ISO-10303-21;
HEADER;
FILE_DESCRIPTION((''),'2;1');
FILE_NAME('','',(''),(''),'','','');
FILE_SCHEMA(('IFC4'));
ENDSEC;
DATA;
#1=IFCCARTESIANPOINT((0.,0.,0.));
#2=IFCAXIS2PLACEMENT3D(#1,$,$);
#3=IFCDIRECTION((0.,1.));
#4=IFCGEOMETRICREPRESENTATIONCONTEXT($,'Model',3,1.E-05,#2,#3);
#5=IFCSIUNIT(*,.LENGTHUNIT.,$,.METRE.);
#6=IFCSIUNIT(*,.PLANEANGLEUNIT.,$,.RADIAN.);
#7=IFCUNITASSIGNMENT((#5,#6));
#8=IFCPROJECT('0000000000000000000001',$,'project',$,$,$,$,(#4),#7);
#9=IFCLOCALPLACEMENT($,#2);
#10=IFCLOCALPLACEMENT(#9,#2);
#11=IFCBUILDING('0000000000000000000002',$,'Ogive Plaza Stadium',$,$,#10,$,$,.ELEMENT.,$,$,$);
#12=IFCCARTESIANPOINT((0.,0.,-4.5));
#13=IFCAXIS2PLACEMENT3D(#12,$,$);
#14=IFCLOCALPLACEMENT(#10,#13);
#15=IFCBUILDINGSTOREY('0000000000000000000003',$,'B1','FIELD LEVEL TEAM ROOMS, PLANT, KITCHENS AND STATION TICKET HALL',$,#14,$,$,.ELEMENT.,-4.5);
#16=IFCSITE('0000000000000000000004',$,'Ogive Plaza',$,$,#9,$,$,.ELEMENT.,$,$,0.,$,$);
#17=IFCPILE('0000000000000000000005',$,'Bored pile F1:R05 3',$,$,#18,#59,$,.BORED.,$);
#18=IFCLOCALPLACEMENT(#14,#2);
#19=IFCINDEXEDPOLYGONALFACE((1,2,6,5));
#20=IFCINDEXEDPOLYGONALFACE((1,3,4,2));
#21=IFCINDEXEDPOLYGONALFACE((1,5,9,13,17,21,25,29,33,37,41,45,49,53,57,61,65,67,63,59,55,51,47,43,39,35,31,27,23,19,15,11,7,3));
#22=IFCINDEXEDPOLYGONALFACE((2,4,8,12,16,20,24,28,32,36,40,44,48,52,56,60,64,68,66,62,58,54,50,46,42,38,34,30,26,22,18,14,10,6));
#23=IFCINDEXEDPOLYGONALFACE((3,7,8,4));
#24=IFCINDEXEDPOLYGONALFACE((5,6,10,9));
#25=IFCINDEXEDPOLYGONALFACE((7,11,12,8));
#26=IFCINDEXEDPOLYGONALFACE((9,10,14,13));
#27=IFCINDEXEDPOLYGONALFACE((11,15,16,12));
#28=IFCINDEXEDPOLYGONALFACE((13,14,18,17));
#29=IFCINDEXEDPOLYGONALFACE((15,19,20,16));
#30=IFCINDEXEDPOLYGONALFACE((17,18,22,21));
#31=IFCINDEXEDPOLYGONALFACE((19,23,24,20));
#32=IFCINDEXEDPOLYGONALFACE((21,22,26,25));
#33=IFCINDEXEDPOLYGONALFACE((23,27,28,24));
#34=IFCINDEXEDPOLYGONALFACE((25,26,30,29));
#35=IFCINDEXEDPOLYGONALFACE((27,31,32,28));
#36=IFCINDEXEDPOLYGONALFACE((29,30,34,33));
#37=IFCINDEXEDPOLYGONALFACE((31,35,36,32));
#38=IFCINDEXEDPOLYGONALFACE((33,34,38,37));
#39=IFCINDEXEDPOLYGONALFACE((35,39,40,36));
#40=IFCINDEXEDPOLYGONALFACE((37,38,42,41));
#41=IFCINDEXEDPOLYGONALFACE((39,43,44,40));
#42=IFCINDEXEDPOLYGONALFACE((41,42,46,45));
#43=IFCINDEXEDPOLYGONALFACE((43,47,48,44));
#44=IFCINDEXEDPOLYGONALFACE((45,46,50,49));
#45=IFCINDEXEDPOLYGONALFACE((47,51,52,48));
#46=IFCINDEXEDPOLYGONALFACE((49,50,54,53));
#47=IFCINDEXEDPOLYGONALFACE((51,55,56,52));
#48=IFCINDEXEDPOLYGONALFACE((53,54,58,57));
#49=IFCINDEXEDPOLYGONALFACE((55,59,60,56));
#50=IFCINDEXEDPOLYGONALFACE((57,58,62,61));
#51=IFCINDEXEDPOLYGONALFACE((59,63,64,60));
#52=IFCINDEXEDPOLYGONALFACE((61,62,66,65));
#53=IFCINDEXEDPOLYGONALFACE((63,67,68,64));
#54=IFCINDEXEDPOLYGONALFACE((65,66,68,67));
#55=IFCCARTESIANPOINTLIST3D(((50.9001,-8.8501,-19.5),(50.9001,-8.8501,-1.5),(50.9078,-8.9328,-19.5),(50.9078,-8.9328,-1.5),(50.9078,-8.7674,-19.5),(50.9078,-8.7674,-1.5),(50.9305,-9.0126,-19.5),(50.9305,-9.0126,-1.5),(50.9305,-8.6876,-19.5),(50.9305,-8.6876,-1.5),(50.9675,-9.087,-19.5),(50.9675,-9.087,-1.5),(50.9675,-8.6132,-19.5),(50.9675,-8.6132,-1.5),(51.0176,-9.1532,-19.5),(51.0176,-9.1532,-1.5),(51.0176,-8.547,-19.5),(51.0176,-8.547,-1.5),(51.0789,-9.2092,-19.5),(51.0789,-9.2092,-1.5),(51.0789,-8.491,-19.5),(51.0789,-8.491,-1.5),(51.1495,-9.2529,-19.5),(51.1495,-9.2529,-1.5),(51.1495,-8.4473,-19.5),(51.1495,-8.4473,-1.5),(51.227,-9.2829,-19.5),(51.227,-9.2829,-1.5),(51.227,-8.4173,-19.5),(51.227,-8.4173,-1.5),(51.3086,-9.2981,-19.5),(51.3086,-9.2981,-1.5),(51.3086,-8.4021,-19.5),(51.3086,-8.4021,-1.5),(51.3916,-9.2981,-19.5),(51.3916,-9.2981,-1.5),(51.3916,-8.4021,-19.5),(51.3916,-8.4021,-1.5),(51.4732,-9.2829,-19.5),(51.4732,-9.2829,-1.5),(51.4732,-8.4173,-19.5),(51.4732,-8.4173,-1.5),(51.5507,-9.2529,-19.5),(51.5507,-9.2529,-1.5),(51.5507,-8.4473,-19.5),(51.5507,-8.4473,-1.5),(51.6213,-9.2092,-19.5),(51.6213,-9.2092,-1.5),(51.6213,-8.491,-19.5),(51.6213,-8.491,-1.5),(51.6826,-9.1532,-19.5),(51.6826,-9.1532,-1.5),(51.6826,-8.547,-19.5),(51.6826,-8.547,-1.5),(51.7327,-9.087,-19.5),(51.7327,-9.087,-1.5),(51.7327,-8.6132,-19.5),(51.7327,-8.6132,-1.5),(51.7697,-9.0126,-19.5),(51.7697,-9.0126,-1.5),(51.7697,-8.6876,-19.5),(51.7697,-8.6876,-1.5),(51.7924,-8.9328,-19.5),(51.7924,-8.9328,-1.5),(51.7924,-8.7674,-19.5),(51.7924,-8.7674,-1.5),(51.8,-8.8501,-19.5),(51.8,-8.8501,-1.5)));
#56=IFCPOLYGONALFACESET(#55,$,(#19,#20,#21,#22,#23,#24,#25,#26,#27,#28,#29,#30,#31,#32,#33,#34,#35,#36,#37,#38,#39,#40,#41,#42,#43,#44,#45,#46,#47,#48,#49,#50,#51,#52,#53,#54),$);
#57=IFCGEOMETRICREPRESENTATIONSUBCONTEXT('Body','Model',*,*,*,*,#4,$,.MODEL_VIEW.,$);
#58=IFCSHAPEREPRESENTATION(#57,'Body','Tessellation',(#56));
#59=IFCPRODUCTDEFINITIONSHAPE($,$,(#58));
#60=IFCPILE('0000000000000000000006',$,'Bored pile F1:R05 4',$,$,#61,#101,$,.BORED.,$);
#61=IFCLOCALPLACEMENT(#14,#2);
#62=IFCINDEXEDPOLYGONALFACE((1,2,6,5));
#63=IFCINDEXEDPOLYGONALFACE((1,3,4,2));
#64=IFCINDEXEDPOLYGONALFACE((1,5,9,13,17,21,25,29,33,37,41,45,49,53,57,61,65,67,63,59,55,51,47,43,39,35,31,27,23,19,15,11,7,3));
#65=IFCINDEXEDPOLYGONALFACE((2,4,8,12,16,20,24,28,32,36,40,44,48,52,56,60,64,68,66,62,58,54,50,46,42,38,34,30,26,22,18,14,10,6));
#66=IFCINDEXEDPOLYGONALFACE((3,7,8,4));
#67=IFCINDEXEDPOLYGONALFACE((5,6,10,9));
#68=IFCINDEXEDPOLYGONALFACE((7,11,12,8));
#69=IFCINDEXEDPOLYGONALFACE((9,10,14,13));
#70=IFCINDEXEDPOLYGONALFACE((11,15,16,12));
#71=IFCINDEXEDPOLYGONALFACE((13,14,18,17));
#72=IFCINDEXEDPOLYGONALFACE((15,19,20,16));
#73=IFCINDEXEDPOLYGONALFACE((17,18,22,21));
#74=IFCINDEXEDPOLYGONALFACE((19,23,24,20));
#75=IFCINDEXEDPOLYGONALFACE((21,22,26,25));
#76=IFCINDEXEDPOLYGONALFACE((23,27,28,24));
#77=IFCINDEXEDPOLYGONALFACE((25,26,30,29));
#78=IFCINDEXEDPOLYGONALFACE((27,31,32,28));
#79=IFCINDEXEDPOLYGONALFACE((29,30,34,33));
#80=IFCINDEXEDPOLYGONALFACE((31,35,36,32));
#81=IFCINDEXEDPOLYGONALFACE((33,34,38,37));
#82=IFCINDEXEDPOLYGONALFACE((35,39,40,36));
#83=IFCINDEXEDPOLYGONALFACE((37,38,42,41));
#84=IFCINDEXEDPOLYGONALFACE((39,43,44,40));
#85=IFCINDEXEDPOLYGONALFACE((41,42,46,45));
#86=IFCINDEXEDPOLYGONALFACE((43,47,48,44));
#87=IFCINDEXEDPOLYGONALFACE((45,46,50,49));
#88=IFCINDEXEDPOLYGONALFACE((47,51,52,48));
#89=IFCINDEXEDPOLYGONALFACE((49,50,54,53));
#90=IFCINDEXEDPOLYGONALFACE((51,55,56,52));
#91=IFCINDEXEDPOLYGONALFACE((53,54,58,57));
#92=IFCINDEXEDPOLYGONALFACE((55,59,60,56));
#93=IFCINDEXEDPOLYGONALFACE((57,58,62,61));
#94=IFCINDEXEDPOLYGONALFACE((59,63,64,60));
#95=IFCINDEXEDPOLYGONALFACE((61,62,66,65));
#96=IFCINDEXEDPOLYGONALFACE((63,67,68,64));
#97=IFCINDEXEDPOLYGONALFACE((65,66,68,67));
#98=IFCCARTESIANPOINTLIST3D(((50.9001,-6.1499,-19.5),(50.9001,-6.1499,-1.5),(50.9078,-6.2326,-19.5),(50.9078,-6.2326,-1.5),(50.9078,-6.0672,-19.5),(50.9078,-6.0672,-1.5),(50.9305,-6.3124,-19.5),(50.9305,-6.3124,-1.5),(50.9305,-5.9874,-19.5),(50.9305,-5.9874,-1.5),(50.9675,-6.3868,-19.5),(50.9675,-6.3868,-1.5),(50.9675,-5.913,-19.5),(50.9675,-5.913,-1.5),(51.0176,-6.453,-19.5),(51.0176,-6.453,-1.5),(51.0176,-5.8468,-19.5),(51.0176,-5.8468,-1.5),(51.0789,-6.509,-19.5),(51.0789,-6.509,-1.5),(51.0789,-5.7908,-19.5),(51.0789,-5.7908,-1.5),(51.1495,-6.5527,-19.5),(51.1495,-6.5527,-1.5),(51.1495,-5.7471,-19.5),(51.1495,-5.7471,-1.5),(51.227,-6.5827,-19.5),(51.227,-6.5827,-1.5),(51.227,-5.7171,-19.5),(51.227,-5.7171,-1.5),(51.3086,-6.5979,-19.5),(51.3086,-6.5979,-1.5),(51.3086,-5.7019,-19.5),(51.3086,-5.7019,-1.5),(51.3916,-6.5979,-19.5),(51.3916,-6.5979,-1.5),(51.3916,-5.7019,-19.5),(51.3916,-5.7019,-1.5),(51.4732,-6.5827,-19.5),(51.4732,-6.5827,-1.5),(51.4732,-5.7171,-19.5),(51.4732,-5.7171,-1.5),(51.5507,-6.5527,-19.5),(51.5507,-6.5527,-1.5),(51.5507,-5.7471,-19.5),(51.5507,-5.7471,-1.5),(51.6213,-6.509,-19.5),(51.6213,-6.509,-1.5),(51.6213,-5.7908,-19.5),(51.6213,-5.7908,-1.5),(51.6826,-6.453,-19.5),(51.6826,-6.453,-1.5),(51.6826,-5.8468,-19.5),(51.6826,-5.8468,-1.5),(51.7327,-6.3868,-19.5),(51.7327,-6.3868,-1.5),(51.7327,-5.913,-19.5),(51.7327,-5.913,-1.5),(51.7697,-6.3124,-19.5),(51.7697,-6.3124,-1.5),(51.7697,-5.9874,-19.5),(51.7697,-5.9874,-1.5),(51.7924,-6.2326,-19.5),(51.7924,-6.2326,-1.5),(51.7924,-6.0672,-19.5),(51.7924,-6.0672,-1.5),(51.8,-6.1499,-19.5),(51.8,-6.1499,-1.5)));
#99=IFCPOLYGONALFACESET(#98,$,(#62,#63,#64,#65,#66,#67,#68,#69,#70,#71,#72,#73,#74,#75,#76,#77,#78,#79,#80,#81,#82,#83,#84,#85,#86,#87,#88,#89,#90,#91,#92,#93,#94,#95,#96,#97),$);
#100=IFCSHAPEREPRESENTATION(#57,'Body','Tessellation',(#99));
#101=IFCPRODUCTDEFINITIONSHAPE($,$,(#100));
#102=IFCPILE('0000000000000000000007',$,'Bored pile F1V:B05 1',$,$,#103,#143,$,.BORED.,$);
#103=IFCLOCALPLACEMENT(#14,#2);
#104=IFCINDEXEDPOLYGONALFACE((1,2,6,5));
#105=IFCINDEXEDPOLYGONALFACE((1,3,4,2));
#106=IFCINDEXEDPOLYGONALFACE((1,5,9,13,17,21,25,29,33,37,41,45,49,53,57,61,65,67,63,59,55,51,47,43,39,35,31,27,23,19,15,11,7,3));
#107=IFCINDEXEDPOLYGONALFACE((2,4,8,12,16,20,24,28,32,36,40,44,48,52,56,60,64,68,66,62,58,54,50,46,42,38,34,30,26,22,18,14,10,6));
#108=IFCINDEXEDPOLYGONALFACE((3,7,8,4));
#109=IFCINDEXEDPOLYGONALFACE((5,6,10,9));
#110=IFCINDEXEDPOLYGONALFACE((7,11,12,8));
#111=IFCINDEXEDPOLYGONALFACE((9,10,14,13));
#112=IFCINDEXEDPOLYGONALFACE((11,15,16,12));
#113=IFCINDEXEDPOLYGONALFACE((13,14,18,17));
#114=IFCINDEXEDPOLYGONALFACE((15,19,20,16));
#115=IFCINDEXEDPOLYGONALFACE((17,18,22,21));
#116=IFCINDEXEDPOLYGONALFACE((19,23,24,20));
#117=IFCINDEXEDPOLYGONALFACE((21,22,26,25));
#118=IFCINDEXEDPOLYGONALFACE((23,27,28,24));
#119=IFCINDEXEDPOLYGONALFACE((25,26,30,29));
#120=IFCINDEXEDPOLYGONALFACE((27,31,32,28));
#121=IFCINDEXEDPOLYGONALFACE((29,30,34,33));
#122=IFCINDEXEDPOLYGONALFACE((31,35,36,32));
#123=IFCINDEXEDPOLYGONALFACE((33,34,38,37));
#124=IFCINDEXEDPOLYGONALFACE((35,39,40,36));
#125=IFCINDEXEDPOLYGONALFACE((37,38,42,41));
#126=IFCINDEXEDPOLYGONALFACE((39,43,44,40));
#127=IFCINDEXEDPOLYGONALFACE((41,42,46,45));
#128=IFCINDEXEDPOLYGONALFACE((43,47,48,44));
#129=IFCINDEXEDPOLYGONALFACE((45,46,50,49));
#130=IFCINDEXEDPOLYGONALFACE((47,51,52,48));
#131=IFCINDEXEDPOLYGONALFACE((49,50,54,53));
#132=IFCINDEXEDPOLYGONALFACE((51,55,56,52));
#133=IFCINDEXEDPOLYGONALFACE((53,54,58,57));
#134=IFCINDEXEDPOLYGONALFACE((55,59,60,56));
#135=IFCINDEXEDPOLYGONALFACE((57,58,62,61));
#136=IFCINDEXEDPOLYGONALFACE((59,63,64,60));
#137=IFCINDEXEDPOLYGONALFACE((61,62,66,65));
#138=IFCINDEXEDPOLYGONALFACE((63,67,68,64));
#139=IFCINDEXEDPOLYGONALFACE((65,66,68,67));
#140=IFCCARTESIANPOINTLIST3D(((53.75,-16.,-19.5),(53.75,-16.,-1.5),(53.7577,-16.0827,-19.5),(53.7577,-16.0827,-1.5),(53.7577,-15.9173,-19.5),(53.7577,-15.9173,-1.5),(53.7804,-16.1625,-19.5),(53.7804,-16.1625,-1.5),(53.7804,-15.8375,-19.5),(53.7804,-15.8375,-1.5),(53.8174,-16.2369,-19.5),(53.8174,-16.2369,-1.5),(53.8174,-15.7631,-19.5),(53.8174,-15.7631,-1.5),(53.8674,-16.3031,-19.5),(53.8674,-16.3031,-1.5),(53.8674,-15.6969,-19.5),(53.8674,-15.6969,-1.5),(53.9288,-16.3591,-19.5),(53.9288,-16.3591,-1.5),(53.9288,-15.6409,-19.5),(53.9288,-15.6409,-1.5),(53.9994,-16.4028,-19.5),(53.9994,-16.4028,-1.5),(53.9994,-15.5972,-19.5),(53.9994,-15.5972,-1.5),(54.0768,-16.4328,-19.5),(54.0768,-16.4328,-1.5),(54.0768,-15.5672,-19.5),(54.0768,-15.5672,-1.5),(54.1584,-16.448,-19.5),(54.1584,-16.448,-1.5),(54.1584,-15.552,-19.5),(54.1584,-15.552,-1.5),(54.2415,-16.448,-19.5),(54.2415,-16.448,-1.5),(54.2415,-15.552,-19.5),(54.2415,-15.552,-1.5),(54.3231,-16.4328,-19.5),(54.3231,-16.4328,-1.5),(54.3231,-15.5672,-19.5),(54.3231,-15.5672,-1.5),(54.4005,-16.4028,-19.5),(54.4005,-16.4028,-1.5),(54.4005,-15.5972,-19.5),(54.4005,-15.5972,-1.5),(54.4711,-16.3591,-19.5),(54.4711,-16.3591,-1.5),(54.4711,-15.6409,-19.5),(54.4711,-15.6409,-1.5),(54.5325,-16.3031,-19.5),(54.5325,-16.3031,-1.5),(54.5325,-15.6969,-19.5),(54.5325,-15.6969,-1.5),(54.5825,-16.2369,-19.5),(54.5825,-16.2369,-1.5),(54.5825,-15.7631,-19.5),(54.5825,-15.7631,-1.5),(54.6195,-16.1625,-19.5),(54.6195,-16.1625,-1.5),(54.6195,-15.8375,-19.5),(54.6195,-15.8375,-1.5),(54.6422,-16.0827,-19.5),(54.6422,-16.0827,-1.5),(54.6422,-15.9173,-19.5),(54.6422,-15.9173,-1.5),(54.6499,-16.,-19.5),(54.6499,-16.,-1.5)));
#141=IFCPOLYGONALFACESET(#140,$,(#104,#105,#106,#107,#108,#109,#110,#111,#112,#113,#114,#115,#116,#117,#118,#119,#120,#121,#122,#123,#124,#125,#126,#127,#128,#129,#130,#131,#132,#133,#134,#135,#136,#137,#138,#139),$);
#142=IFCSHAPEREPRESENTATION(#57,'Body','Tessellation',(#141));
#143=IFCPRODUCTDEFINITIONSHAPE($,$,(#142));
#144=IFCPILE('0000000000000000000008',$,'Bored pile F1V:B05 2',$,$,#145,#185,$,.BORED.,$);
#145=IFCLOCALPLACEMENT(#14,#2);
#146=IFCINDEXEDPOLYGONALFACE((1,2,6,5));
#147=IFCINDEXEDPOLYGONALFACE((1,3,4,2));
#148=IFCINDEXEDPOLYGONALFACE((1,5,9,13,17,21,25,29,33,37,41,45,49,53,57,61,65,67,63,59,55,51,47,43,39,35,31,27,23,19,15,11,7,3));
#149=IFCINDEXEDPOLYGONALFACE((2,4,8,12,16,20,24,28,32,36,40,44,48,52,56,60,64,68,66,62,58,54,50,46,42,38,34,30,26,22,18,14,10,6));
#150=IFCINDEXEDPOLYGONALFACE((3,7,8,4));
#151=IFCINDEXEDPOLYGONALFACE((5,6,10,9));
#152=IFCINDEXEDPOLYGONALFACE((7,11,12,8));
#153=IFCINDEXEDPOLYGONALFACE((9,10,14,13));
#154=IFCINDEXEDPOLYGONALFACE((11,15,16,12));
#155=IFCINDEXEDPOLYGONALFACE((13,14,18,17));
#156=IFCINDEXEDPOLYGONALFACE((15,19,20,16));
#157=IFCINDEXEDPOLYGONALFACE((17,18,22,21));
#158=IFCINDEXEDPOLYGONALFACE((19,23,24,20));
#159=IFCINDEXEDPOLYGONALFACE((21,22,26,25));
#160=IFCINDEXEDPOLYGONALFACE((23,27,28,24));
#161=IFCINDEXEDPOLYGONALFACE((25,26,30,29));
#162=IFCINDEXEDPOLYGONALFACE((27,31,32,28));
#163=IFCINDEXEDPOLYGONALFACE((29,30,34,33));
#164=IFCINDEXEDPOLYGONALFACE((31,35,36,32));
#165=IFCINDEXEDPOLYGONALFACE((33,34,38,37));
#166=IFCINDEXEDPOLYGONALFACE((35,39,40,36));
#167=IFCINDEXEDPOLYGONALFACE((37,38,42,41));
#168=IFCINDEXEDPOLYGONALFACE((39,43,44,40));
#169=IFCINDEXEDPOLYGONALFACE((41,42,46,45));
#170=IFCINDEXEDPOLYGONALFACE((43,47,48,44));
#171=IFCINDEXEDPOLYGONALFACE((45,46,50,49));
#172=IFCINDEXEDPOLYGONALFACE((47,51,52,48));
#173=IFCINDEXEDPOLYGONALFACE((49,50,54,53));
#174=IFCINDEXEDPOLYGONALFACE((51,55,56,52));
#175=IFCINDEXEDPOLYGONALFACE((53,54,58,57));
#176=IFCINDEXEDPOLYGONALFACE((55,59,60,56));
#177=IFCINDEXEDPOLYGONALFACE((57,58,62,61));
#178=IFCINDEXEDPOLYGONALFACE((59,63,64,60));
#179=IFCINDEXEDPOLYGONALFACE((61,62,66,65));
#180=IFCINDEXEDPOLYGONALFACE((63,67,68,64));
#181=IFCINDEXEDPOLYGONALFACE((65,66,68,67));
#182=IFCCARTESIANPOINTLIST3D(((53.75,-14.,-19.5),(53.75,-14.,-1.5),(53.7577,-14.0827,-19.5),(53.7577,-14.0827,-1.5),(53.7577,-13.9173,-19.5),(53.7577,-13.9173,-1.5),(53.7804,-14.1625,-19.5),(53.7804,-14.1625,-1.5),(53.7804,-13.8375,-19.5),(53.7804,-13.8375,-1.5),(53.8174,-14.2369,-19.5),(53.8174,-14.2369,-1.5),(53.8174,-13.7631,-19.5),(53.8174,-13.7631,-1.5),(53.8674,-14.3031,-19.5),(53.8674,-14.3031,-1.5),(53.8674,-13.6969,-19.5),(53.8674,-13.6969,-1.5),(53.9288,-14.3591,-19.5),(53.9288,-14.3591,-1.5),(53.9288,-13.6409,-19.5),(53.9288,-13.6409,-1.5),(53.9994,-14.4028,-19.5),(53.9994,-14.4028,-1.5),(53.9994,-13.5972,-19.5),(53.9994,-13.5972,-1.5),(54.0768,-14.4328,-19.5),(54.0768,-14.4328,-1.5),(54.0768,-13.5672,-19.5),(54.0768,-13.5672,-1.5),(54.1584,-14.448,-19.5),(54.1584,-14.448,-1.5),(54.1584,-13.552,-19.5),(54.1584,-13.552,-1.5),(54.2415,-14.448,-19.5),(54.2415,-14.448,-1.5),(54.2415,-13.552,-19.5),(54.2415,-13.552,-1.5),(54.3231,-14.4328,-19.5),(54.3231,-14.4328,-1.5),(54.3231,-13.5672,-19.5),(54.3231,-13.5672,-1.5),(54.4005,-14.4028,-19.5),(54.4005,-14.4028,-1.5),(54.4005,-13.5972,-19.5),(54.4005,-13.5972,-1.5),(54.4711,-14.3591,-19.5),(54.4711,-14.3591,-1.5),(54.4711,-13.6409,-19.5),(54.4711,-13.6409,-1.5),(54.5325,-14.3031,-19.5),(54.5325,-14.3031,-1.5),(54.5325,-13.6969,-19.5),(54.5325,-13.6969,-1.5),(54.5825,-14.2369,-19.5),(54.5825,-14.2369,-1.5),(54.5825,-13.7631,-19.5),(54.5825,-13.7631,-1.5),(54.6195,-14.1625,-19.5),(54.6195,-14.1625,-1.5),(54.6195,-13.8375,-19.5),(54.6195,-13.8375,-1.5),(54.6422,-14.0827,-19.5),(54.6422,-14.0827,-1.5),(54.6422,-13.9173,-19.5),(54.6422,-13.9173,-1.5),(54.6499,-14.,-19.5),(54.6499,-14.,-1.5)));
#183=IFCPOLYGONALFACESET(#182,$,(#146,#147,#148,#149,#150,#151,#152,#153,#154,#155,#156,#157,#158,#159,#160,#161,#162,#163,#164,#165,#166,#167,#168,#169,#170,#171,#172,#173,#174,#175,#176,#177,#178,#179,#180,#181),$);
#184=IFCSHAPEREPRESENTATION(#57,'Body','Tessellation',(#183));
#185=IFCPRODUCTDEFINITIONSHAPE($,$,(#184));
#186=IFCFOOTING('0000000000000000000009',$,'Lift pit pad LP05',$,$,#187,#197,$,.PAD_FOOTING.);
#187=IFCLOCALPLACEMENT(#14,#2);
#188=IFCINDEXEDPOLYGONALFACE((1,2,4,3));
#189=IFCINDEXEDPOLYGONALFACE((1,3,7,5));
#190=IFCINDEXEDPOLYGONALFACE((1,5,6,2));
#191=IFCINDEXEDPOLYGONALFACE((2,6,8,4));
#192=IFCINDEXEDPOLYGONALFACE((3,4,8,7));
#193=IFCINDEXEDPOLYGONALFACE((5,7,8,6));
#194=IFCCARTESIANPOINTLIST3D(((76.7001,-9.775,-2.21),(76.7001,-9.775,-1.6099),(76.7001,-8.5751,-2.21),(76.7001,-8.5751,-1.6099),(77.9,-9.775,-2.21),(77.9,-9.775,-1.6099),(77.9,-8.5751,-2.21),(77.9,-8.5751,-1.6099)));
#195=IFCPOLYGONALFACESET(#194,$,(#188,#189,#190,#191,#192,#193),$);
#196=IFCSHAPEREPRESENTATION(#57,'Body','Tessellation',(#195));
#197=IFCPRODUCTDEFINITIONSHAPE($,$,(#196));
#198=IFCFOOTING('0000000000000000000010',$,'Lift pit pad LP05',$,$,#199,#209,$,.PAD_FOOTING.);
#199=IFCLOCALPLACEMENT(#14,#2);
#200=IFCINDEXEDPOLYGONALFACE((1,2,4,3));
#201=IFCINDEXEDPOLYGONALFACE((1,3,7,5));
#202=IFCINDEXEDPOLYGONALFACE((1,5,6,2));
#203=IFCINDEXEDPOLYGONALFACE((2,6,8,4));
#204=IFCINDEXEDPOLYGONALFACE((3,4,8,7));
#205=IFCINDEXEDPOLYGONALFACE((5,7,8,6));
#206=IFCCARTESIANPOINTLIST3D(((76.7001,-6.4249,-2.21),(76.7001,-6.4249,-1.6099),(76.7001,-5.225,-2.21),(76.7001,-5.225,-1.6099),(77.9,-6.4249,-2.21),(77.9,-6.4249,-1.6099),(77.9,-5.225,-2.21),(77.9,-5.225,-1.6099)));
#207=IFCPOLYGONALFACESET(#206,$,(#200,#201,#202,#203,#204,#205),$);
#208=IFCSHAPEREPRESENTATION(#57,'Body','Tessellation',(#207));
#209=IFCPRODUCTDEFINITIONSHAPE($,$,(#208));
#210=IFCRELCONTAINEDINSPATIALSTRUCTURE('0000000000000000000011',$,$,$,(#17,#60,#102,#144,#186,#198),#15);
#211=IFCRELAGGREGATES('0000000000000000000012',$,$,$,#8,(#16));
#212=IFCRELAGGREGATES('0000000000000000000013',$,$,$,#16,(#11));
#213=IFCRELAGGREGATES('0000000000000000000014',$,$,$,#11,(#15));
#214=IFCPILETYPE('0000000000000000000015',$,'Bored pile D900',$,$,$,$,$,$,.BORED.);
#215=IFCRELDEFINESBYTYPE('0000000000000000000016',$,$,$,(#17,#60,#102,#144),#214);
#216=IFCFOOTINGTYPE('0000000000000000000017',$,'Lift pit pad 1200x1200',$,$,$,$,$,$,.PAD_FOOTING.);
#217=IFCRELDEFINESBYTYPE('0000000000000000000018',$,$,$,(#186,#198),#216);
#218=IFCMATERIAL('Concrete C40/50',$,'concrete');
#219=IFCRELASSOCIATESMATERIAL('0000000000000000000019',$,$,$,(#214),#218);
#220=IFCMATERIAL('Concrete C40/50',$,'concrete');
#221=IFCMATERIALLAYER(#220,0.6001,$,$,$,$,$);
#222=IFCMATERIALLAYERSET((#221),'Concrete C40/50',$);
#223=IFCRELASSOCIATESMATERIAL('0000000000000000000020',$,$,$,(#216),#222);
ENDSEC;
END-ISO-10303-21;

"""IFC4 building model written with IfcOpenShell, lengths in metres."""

from ifc_helpers import new_model, si_unit, direction, frame, origin, origin_2d, place, context, subcontext, project, spatial, rectangle, circle, extrude, material, layer, layer_set, material_profile, profile_set, type_object, element, save


model = new_model("IFC4")

# Units and contexts
model_context = context("Model", 3, precision=1e-05, world=origin(), true_north=direction((0.0, 1.0)))
body_context = subcontext(model_context, "Body", "Model", "MODEL_VIEW")
ifc_project = project(units=[si_unit("LENGTHUNIT", "METRE"), si_unit("PLANEANGLEUNIT", "RADIAN")], contexts=[model_context])

# Site, building, storey
site_placement = place(None, origin())
site = spatial("IfcSite", under=ifc_project, at=site_placement, Name="Ogive Plaza", CompositionType="ELEMENT", RefElevation=0.0)
building_placement = place(site_placement, origin())
building = spatial("IfcBuilding", under=site, at=building_placement, Name="Ogive Plaza Stadium", CompositionType="ELEMENT")
storey_placement = place(building_placement, frame((0.0, 0.0, -4.5)))
storey = spatial("IfcBuildingStorey", under=building, at=storey_placement, Name="B1", Description="FIELD LEVEL TEAM ROOMS, PLANT, KITCHENS AND STATION TICKET HALL", CompositionType="ELEMENT", Elevation=-4.5)

# Piles
ifc_material_1 = material(Name="Concrete C40/50", Category="concrete")
ifc_material_profile_1 = material_profile(ifc_material_1, circle(Radius=0.45, at=origin_2d()), Name="RC D900")
ifc_profile_set_1 = profile_set([ifc_material_profile_1], Name="Concrete C40/50")
pile_type_1 = type_object("IfcPileType", Name="Bored pile D900", PredefinedType="BORED", material=ifc_profile_set_1)
for number, where, z_axis, x_axis, name in (
    (1, (51.3501, -8.8501, -1.5), (0.0, 0.0, -1.0), (1.0, 0.0, 0.0), "Bored pile F1:R05 3"),
    (2, (51.3501, -6.1499, -1.5), (0.0, 0.0, -1.0), (1.0, 0.0, 0.0), "Bored pile F1:R05 4"),
    (3, (54.2, -16.0, -1.5), (0.0, 0.0, -1.0), (1.0, 0.0, 0.0), "Bored pile F1V:B05 1"),
    (4, (54.2, -14.0, -1.5), (0.0, 0.0, -1.0), (1.0, 0.0, 0.0), "Bored pile F1V:B05 2"),
):
    element("IfcPile", number, at=place(storey_placement, frame(where, z_axis=z_axis, x_axis=x_axis)), inside=storey, type_object=pile_type_1, Name=name, PredefinedType="BORED", context=body_context, shape_type="SweptSolid", body=[
        extrude(circle(Radius=0.45, at=origin_2d()), origin(), (0.0, 0.0, 1.0), 18.0),
    ])

# Footings
ifc_material_2 = material(Name="Concrete C40/50", Category="concrete")
ifc_layer_1 = layer(ifc_material_2, 0.6001)
ifc_layer_set_1 = layer_set([ifc_layer_1], Name="Concrete C40/50")
footing_type_1 = type_object("IfcFootingType", Name="Lift pit pad 1200x1200", PredefinedType="PAD_FOOTING", material=ifc_layer_set_1)
for number, where, z_axis, x_axis, name in (
    (5, (77.3, -9.175, -2.21), (0.0, 0.0, 1.0), (1.0, 0.0, 0.0), "Lift pit pad LP05"),
    (6, (77.3, -5.825, -2.21), (0.0, 0.0, 1.0), (1.0, 0.0, 0.0), "Lift pit pad LP05"),
):
    element("IfcFooting", number, at=place(storey_placement, frame(where, z_axis=z_axis, x_axis=x_axis)), inside=storey, type_object=footing_type_1, Name=name, PredefinedType="PAD_FOOTING", context=body_context, shape_type="SweptSolid", body=[
        extrude(rectangle(XDim=1.2, YDim=1.2, at=origin_2d()), origin(), (0.0, 0.0, 1.0), 0.6001),
    ])

save(model, "model.ifc")
